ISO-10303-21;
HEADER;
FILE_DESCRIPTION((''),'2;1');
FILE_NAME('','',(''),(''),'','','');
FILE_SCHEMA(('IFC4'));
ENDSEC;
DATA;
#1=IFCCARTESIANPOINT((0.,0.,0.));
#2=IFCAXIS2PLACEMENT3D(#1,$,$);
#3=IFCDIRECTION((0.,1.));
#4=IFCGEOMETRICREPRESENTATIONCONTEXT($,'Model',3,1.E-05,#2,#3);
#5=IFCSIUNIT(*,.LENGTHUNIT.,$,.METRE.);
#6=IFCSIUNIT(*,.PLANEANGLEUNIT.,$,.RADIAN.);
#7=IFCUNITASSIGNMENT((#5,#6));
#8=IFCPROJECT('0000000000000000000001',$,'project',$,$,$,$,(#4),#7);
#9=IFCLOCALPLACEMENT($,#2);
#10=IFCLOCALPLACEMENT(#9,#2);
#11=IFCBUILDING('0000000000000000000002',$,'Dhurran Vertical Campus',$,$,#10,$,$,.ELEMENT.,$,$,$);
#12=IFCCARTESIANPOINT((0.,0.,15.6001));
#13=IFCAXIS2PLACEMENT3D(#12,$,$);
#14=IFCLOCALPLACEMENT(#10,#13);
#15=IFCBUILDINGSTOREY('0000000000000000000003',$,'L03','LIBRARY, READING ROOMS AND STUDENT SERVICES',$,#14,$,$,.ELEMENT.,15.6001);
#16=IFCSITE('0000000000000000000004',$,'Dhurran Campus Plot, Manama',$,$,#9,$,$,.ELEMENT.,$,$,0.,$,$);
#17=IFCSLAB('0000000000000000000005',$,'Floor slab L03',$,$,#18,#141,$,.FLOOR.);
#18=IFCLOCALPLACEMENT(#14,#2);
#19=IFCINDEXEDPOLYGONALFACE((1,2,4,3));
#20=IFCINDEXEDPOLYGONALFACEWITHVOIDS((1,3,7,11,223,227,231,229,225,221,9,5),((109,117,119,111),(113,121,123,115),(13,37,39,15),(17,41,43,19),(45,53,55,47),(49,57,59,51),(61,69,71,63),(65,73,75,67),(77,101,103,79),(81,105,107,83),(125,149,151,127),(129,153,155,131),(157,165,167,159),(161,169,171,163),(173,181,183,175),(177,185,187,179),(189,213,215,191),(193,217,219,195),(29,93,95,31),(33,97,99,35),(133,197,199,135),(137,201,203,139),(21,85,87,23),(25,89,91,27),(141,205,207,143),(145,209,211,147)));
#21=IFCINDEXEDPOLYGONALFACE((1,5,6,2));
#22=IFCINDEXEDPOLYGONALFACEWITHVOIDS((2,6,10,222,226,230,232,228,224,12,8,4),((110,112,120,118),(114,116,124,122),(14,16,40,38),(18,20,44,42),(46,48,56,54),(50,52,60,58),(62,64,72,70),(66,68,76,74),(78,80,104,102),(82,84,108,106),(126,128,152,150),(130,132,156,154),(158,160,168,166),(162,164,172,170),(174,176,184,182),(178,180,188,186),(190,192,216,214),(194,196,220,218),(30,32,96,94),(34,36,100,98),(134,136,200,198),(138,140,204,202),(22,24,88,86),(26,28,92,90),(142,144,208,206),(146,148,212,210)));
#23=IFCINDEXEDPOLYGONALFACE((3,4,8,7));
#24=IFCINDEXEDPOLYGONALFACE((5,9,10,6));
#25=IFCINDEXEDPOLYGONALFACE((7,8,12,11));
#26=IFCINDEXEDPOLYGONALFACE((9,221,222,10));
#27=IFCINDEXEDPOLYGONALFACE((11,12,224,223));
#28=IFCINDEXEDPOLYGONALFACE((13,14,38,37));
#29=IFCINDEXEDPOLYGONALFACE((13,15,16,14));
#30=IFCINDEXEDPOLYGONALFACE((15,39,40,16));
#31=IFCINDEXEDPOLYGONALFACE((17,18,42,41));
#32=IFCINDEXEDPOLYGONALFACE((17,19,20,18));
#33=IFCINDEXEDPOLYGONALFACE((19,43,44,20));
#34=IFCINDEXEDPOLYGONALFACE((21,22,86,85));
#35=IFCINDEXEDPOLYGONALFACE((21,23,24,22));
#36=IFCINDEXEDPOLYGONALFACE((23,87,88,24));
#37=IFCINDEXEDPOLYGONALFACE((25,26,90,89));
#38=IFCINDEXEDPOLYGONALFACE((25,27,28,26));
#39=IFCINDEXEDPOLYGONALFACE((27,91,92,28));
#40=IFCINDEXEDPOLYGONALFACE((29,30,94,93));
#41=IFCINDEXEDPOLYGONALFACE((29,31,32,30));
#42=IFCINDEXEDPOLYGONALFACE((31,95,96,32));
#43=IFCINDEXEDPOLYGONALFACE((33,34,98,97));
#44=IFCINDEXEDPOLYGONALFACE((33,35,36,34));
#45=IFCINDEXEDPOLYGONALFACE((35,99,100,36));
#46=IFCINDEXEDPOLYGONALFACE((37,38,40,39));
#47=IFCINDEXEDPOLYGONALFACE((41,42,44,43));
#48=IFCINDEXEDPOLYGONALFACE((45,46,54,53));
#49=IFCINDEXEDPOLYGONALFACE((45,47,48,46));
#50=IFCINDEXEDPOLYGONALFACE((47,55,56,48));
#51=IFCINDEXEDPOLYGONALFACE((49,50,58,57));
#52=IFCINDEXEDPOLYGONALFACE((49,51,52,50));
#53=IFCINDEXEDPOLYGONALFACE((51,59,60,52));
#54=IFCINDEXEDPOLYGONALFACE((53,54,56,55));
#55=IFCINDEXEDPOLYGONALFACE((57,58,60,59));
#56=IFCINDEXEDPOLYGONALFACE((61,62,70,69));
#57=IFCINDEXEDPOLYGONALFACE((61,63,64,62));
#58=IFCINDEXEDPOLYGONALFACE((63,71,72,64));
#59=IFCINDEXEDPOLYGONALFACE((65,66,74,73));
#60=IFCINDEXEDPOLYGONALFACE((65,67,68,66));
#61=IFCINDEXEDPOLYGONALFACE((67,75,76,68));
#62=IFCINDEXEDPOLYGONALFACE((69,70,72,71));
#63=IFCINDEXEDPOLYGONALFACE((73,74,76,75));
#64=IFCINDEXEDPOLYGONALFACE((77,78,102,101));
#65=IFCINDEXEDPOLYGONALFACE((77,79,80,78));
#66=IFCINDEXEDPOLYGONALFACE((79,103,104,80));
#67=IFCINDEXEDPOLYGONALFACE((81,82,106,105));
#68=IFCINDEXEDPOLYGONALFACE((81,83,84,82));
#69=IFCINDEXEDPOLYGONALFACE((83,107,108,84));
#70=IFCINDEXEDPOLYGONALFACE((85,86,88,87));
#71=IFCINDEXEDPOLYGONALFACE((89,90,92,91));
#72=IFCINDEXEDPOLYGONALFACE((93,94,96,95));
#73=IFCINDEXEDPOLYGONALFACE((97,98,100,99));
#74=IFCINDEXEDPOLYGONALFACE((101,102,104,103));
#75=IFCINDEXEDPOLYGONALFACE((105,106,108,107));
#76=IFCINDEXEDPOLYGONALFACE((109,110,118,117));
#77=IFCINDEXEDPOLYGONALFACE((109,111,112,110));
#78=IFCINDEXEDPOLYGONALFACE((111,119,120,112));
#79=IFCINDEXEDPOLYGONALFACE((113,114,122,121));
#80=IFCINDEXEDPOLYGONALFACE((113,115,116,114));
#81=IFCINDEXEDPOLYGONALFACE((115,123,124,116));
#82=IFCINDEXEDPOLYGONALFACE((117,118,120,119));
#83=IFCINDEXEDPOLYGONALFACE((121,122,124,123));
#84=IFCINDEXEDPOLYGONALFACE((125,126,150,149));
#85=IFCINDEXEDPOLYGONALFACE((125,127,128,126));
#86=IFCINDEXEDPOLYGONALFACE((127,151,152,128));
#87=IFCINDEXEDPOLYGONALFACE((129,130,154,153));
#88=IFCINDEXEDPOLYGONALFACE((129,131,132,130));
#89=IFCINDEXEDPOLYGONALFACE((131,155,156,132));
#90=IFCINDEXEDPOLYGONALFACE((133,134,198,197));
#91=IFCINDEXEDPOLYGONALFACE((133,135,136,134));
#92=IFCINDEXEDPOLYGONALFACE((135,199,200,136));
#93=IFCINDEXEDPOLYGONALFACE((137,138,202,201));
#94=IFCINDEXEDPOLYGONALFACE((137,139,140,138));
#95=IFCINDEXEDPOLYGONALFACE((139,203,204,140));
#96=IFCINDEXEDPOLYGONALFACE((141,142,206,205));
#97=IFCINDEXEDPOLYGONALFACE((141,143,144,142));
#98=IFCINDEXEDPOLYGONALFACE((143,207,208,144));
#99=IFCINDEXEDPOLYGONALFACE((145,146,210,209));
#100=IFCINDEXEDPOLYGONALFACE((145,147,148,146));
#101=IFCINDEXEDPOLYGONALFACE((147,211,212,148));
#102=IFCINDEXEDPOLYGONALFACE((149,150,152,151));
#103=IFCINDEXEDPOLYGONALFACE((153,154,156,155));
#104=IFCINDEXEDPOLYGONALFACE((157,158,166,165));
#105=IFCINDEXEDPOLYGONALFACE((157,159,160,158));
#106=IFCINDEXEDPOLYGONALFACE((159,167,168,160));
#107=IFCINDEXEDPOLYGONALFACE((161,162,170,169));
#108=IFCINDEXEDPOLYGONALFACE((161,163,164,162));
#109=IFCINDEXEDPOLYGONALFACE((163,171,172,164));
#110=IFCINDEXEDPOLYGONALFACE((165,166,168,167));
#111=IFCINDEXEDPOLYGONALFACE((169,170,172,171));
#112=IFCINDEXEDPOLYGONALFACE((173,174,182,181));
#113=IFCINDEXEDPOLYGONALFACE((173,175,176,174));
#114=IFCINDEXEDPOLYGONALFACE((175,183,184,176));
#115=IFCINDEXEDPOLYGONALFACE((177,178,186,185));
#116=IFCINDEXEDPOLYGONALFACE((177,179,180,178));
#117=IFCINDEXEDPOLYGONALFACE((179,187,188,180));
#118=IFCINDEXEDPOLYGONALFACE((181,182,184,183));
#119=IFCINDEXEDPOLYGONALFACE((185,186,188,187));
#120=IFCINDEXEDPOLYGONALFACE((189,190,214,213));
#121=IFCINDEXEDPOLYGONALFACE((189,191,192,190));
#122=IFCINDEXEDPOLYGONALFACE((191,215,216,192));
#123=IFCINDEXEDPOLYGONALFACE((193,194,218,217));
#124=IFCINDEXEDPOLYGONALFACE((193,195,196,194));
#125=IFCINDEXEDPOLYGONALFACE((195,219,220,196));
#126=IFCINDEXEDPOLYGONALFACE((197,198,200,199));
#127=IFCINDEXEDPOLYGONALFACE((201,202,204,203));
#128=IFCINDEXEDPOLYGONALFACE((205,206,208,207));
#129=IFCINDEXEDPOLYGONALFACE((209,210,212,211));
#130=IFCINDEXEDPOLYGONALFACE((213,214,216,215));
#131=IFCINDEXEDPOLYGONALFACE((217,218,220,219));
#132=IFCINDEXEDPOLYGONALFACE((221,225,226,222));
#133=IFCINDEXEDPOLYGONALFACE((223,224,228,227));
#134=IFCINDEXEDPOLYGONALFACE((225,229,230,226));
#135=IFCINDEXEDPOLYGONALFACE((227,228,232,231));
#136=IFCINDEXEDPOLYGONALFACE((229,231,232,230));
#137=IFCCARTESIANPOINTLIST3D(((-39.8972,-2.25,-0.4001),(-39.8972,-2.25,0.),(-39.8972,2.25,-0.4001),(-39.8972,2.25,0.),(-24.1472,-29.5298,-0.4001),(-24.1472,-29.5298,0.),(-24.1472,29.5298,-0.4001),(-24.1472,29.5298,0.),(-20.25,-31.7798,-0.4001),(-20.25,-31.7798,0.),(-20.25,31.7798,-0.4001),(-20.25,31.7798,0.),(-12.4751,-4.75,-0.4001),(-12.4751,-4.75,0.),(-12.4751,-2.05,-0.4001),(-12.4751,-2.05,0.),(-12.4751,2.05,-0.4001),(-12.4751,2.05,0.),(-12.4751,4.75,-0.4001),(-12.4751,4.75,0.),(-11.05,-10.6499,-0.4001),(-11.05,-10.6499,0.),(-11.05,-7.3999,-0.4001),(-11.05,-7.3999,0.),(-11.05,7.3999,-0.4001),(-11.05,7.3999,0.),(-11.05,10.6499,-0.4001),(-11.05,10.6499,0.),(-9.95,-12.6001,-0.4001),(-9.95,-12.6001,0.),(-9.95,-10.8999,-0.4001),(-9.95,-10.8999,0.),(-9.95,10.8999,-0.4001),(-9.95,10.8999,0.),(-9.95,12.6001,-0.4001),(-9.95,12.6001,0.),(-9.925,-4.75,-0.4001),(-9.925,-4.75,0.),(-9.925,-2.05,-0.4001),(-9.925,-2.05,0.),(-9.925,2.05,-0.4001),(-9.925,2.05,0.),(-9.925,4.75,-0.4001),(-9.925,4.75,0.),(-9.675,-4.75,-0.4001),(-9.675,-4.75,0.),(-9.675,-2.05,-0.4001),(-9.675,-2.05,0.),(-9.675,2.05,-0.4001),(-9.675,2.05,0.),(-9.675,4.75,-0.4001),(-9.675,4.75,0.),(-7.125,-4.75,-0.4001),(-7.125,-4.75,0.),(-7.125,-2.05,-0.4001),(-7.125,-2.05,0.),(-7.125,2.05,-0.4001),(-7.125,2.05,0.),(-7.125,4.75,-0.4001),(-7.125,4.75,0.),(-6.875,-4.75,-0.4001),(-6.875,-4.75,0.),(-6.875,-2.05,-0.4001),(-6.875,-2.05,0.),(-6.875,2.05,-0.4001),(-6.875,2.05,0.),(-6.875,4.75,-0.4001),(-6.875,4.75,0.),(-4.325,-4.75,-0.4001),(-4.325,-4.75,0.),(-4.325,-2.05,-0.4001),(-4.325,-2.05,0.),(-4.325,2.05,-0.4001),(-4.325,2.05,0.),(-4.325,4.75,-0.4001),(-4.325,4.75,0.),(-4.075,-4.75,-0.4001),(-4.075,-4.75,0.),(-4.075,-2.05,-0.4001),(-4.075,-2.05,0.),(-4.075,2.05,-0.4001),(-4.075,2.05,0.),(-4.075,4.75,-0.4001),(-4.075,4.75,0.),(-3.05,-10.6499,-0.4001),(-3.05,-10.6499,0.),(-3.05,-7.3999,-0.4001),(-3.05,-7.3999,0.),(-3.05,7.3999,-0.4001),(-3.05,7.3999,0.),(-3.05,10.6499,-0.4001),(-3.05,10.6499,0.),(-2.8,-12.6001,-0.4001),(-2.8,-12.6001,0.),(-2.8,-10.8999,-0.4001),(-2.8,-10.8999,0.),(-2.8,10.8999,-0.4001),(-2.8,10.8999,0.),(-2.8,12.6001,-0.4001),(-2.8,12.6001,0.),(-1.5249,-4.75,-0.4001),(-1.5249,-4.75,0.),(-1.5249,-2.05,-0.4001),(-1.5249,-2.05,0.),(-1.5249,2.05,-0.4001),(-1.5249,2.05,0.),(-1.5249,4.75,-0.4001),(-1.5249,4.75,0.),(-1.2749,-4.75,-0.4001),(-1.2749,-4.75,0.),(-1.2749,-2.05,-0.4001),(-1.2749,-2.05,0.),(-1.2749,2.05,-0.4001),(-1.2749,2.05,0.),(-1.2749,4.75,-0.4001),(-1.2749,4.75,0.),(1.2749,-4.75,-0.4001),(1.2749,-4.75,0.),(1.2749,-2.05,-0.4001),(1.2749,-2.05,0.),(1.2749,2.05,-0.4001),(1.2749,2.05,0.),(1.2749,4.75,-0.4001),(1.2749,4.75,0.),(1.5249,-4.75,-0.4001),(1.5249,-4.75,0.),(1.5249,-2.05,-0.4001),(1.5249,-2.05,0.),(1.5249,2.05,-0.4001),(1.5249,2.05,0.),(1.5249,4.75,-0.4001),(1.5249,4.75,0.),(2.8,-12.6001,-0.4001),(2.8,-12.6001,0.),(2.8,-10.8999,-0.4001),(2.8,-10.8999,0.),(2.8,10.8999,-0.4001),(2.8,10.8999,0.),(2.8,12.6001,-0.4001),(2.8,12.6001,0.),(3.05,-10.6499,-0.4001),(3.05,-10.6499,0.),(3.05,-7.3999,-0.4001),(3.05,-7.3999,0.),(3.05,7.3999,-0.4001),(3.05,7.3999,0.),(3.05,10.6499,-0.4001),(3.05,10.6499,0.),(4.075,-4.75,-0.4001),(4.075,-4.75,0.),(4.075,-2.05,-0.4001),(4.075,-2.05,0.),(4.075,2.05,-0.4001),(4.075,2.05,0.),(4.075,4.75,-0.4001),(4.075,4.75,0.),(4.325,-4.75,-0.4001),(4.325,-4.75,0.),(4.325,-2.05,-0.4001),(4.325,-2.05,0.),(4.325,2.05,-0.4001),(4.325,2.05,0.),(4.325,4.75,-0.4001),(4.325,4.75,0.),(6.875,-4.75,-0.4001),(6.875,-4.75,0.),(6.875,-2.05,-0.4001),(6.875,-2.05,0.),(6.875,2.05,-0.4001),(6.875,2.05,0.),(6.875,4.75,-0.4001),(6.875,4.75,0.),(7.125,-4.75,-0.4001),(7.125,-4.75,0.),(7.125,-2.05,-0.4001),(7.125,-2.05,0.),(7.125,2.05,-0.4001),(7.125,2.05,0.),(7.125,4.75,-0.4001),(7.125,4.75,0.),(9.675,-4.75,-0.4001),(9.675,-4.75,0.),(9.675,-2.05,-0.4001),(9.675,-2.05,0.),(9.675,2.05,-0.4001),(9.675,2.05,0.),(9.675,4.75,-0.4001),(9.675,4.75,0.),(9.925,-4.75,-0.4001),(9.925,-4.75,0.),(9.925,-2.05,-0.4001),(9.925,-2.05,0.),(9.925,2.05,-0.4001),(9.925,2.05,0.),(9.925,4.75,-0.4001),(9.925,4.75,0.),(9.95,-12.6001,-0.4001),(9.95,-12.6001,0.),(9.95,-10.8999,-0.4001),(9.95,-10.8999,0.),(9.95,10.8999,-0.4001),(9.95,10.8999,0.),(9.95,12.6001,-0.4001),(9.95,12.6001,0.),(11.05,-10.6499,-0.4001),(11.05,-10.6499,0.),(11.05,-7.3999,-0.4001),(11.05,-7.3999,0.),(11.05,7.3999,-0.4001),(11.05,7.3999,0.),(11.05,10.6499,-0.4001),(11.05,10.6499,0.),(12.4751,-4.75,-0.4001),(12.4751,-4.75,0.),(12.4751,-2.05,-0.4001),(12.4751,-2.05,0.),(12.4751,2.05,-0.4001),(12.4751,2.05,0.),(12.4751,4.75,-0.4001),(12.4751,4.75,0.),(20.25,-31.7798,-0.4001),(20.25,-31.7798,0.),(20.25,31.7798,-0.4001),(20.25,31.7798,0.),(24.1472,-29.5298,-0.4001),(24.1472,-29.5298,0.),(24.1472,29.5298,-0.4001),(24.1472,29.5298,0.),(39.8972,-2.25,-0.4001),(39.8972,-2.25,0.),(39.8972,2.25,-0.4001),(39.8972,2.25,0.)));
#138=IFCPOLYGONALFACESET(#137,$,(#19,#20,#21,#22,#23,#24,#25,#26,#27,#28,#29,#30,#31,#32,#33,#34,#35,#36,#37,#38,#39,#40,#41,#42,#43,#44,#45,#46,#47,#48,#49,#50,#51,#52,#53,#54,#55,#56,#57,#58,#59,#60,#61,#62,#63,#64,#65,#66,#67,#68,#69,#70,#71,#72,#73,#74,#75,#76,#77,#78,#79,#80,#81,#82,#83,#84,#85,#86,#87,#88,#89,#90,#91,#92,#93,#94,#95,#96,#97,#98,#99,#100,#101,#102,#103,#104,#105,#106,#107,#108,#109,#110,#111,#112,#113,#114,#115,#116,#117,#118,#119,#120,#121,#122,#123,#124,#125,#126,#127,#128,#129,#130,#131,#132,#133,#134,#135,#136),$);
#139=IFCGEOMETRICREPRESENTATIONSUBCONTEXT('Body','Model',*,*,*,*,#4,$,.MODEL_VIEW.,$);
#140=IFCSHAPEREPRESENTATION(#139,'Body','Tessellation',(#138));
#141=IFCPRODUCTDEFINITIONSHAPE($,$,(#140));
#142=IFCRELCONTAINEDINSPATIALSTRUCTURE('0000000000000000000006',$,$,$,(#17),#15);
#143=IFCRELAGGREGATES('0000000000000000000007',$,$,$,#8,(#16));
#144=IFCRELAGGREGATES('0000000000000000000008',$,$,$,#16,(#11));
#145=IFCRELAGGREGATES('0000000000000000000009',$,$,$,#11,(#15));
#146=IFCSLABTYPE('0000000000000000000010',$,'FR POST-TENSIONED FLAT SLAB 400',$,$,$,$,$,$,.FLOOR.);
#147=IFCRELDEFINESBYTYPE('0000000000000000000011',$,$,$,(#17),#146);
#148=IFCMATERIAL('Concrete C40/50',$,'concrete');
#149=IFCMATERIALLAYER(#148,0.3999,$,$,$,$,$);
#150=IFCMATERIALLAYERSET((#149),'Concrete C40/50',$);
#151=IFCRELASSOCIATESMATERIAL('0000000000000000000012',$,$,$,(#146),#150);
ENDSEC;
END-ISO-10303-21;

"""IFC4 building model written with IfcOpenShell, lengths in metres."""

from ifc_helpers import new_model, si_unit, direction, frame, origin, place, context, subcontext, project, spatial, polyline, outline, extrude, material, layer, layer_set, type_object, element, save


model = new_model("IFC4")

# Units and contexts
model_context = context("Model", 3, precision=1e-05, world=origin(), true_north=direction((0.0, 1.0)))
body_context = subcontext(model_context, "Body", "Model", "MODEL_VIEW")
ifc_project = project(units=[si_unit("LENGTHUNIT", "METRE"), si_unit("PLANEANGLEUNIT", "RADIAN")], contexts=[model_context])

# Site, building, storey
site_placement = place(None, origin())
site = spatial("IfcSite", under=ifc_project, at=site_placement, Name="Dhurran Campus Plot, Manama", CompositionType="ELEMENT", RefElevation=0.0)
building_placement = place(site_placement, origin())
building = spatial("IfcBuilding", under=site, at=building_placement, Name="Dhurran Vertical Campus", CompositionType="ELEMENT")
storey_placement = place(building_placement, frame((0.0, 0.0, 15.6001)))
storey = spatial("IfcBuildingStorey", under=building, at=storey_placement, Name="L03", Description="LIBRARY, READING ROOMS AND STUDENT SERVICES", CompositionType="ELEMENT", Elevation=15.6001)

# Slab
ifc_material_1 = material(Name="Concrete C40/50", Category="concrete")
ifc_layer_1 = layer(ifc_material_1, 0.3999)
ifc_layer_set_1 = layer_set([ifc_layer_1], Name="Concrete C40/50")
slab_type_1 = type_object("IfcSlabType", Name="FR POST-TENSIONED FLAT SLAB 400", PredefinedType="FLOOR", material=ifc_layer_set_1)
slab_1_placement = place(storey_placement, frame((0.0, 0.0, -0.4001)))
element("IfcSlab", 1, at=slab_1_placement, inside=storey, type_object=slab_type_1, Name="Floor slab L03", PredefinedType="FLOOR", context=body_context, shape_type="SweptSolid", body=[
    extrude(outline(polyline([(-20.25, -31.7798), (20.25, -31.7798), (24.1472, -29.5298), (39.8972, -2.25), (39.8972, 2.25), (24.1472, 29.5298), (20.25, 31.7798), (-20.25, 31.7798), (-24.1472, 29.5298), (-39.8972, 2.25), (-39.8972, -2.25), (-24.1472, -29.5298), (-20.25, -31.7798)]), holes=[polyline([(-12.4751, 2.05), (-9.925, 2.05), (-9.925, 4.75), (-12.4751, 4.75), (-12.4751, 2.05)]), polyline([(-9.675, 2.05), (-7.125, 2.05), (-7.125, 4.75), (-9.675, 4.75), (-9.675, 2.05)]), polyline([(-6.875, 2.05), (-4.325, 2.05), (-4.325, 4.75), (-6.875, 4.75), (-6.875, 2.05)]), polyline([(-1.2749, 2.05), (1.2749, 2.05), (1.2749, 4.75), (-1.2749, 4.75), (-1.2749, 2.05)]), polyline([(9.925, 2.05), (12.4751, 2.05), (12.4751, 4.75), (9.925, 4.75), (9.925, 2.05)]), polyline([(-1.2749, -4.75), (1.2749, -4.75), (1.2749, -2.05), (-1.2749, -2.05), (-1.2749, -4.75)]), polyline([(1.5249, -4.75), (4.075, -4.75), (4.075, -2.05), (1.5249, -2.05), (1.5249, -4.75)]), polyline([(4.325, -4.75), (6.875, -4.75), (6.875, -2.05), (4.325, -2.05), (4.325, -4.75)]), polyline([(7.125, -4.75), (9.675, -4.75), (9.675, -2.05), (7.125, -2.05), (7.125, -4.75)]), polyline([(9.925, -4.75), (12.4751, -4.75), (12.4751, -2.05), (9.925, -2.05), (9.925, -4.75)]), polyline([(-4.075, 2.05), (-1.5249, 2.05), (-1.5249, 4.75), (-4.075, 4.75), (-4.075, 2.05)]), polyline([(1.5249, 2.05), (4.075, 2.05), (4.075, 4.75), (1.5249, 4.75), (1.5249, 2.05)]), polyline([(4.325, 2.05), (6.875, 2.05), (6.875, 4.75), (4.325, 4.75), (4.325, 2.05)]), polyline([(7.125, 2.05), (9.675, 2.05), (9.675, 4.75), (7.125, 4.75), (7.125, 2.05)]), polyline([(-12.4751, -4.75), (-9.925, -4.75), (-9.925, -2.05), (-12.4751, -2.05), (-12.4751, -4.75)]), polyline([(-9.675, -4.75), (-7.125, -4.75), (-7.125, -2.05), (-9.675, -2.05), (-9.675, -4.75)]), polyline([(-6.875, -4.75), (-4.325, -4.75), (-4.325, -2.05), (-6.875, -2.05), (-6.875, -4.75)]), polyline([(-4.075, -4.75), (-1.5249, -4.75), (-1.5249, -2.05), (-4.075, -2.05), (-4.075, -4.75)]), polyline([(-11.05, 7.3999), (-3.05, 7.3999), (-3.05, 10.6499), (-11.05, 10.6499), (-11.05, 7.3999)]), polyline([(3.05, 7.3999), (11.05, 7.3999), (11.05, 10.6499), (3.05, 10.6499), (3.05, 7.3999)]), polyline([(-11.05, -10.6499), (-3.05, -10.6499), (-3.05, -7.3999), (-11.05, -7.3999), (-11.05, -10.6499)]), polyline([(3.05, -10.6499), (11.05, -10.6499), (11.05, -7.3999), (3.05, -7.3999), (3.05, -10.6499)]), polyline([(-9.95, 10.8999), (-9.95, 12.6001), (-2.8, 12.6001), (-2.8, 10.8999), (-9.95, 10.8999)]), polyline([(9.95, 12.6001), (9.95, 10.8999), (2.8, 10.8999), (2.8, 12.6001), (9.95, 12.6001)]), polyline([(-9.95, -12.6001), (-9.95, -10.8999), (-2.8, -10.8999), (-2.8, -12.6001), (-9.95, -12.6001)]), polyline([(9.95, -10.8999), (9.95, -12.6001), (2.8, -12.6001), (2.8, -10.8999), (9.95, -10.8999)])]), origin(), (0.0, 0.0, 1.0), 0.4001),
])

save(model, "model.ifc")
